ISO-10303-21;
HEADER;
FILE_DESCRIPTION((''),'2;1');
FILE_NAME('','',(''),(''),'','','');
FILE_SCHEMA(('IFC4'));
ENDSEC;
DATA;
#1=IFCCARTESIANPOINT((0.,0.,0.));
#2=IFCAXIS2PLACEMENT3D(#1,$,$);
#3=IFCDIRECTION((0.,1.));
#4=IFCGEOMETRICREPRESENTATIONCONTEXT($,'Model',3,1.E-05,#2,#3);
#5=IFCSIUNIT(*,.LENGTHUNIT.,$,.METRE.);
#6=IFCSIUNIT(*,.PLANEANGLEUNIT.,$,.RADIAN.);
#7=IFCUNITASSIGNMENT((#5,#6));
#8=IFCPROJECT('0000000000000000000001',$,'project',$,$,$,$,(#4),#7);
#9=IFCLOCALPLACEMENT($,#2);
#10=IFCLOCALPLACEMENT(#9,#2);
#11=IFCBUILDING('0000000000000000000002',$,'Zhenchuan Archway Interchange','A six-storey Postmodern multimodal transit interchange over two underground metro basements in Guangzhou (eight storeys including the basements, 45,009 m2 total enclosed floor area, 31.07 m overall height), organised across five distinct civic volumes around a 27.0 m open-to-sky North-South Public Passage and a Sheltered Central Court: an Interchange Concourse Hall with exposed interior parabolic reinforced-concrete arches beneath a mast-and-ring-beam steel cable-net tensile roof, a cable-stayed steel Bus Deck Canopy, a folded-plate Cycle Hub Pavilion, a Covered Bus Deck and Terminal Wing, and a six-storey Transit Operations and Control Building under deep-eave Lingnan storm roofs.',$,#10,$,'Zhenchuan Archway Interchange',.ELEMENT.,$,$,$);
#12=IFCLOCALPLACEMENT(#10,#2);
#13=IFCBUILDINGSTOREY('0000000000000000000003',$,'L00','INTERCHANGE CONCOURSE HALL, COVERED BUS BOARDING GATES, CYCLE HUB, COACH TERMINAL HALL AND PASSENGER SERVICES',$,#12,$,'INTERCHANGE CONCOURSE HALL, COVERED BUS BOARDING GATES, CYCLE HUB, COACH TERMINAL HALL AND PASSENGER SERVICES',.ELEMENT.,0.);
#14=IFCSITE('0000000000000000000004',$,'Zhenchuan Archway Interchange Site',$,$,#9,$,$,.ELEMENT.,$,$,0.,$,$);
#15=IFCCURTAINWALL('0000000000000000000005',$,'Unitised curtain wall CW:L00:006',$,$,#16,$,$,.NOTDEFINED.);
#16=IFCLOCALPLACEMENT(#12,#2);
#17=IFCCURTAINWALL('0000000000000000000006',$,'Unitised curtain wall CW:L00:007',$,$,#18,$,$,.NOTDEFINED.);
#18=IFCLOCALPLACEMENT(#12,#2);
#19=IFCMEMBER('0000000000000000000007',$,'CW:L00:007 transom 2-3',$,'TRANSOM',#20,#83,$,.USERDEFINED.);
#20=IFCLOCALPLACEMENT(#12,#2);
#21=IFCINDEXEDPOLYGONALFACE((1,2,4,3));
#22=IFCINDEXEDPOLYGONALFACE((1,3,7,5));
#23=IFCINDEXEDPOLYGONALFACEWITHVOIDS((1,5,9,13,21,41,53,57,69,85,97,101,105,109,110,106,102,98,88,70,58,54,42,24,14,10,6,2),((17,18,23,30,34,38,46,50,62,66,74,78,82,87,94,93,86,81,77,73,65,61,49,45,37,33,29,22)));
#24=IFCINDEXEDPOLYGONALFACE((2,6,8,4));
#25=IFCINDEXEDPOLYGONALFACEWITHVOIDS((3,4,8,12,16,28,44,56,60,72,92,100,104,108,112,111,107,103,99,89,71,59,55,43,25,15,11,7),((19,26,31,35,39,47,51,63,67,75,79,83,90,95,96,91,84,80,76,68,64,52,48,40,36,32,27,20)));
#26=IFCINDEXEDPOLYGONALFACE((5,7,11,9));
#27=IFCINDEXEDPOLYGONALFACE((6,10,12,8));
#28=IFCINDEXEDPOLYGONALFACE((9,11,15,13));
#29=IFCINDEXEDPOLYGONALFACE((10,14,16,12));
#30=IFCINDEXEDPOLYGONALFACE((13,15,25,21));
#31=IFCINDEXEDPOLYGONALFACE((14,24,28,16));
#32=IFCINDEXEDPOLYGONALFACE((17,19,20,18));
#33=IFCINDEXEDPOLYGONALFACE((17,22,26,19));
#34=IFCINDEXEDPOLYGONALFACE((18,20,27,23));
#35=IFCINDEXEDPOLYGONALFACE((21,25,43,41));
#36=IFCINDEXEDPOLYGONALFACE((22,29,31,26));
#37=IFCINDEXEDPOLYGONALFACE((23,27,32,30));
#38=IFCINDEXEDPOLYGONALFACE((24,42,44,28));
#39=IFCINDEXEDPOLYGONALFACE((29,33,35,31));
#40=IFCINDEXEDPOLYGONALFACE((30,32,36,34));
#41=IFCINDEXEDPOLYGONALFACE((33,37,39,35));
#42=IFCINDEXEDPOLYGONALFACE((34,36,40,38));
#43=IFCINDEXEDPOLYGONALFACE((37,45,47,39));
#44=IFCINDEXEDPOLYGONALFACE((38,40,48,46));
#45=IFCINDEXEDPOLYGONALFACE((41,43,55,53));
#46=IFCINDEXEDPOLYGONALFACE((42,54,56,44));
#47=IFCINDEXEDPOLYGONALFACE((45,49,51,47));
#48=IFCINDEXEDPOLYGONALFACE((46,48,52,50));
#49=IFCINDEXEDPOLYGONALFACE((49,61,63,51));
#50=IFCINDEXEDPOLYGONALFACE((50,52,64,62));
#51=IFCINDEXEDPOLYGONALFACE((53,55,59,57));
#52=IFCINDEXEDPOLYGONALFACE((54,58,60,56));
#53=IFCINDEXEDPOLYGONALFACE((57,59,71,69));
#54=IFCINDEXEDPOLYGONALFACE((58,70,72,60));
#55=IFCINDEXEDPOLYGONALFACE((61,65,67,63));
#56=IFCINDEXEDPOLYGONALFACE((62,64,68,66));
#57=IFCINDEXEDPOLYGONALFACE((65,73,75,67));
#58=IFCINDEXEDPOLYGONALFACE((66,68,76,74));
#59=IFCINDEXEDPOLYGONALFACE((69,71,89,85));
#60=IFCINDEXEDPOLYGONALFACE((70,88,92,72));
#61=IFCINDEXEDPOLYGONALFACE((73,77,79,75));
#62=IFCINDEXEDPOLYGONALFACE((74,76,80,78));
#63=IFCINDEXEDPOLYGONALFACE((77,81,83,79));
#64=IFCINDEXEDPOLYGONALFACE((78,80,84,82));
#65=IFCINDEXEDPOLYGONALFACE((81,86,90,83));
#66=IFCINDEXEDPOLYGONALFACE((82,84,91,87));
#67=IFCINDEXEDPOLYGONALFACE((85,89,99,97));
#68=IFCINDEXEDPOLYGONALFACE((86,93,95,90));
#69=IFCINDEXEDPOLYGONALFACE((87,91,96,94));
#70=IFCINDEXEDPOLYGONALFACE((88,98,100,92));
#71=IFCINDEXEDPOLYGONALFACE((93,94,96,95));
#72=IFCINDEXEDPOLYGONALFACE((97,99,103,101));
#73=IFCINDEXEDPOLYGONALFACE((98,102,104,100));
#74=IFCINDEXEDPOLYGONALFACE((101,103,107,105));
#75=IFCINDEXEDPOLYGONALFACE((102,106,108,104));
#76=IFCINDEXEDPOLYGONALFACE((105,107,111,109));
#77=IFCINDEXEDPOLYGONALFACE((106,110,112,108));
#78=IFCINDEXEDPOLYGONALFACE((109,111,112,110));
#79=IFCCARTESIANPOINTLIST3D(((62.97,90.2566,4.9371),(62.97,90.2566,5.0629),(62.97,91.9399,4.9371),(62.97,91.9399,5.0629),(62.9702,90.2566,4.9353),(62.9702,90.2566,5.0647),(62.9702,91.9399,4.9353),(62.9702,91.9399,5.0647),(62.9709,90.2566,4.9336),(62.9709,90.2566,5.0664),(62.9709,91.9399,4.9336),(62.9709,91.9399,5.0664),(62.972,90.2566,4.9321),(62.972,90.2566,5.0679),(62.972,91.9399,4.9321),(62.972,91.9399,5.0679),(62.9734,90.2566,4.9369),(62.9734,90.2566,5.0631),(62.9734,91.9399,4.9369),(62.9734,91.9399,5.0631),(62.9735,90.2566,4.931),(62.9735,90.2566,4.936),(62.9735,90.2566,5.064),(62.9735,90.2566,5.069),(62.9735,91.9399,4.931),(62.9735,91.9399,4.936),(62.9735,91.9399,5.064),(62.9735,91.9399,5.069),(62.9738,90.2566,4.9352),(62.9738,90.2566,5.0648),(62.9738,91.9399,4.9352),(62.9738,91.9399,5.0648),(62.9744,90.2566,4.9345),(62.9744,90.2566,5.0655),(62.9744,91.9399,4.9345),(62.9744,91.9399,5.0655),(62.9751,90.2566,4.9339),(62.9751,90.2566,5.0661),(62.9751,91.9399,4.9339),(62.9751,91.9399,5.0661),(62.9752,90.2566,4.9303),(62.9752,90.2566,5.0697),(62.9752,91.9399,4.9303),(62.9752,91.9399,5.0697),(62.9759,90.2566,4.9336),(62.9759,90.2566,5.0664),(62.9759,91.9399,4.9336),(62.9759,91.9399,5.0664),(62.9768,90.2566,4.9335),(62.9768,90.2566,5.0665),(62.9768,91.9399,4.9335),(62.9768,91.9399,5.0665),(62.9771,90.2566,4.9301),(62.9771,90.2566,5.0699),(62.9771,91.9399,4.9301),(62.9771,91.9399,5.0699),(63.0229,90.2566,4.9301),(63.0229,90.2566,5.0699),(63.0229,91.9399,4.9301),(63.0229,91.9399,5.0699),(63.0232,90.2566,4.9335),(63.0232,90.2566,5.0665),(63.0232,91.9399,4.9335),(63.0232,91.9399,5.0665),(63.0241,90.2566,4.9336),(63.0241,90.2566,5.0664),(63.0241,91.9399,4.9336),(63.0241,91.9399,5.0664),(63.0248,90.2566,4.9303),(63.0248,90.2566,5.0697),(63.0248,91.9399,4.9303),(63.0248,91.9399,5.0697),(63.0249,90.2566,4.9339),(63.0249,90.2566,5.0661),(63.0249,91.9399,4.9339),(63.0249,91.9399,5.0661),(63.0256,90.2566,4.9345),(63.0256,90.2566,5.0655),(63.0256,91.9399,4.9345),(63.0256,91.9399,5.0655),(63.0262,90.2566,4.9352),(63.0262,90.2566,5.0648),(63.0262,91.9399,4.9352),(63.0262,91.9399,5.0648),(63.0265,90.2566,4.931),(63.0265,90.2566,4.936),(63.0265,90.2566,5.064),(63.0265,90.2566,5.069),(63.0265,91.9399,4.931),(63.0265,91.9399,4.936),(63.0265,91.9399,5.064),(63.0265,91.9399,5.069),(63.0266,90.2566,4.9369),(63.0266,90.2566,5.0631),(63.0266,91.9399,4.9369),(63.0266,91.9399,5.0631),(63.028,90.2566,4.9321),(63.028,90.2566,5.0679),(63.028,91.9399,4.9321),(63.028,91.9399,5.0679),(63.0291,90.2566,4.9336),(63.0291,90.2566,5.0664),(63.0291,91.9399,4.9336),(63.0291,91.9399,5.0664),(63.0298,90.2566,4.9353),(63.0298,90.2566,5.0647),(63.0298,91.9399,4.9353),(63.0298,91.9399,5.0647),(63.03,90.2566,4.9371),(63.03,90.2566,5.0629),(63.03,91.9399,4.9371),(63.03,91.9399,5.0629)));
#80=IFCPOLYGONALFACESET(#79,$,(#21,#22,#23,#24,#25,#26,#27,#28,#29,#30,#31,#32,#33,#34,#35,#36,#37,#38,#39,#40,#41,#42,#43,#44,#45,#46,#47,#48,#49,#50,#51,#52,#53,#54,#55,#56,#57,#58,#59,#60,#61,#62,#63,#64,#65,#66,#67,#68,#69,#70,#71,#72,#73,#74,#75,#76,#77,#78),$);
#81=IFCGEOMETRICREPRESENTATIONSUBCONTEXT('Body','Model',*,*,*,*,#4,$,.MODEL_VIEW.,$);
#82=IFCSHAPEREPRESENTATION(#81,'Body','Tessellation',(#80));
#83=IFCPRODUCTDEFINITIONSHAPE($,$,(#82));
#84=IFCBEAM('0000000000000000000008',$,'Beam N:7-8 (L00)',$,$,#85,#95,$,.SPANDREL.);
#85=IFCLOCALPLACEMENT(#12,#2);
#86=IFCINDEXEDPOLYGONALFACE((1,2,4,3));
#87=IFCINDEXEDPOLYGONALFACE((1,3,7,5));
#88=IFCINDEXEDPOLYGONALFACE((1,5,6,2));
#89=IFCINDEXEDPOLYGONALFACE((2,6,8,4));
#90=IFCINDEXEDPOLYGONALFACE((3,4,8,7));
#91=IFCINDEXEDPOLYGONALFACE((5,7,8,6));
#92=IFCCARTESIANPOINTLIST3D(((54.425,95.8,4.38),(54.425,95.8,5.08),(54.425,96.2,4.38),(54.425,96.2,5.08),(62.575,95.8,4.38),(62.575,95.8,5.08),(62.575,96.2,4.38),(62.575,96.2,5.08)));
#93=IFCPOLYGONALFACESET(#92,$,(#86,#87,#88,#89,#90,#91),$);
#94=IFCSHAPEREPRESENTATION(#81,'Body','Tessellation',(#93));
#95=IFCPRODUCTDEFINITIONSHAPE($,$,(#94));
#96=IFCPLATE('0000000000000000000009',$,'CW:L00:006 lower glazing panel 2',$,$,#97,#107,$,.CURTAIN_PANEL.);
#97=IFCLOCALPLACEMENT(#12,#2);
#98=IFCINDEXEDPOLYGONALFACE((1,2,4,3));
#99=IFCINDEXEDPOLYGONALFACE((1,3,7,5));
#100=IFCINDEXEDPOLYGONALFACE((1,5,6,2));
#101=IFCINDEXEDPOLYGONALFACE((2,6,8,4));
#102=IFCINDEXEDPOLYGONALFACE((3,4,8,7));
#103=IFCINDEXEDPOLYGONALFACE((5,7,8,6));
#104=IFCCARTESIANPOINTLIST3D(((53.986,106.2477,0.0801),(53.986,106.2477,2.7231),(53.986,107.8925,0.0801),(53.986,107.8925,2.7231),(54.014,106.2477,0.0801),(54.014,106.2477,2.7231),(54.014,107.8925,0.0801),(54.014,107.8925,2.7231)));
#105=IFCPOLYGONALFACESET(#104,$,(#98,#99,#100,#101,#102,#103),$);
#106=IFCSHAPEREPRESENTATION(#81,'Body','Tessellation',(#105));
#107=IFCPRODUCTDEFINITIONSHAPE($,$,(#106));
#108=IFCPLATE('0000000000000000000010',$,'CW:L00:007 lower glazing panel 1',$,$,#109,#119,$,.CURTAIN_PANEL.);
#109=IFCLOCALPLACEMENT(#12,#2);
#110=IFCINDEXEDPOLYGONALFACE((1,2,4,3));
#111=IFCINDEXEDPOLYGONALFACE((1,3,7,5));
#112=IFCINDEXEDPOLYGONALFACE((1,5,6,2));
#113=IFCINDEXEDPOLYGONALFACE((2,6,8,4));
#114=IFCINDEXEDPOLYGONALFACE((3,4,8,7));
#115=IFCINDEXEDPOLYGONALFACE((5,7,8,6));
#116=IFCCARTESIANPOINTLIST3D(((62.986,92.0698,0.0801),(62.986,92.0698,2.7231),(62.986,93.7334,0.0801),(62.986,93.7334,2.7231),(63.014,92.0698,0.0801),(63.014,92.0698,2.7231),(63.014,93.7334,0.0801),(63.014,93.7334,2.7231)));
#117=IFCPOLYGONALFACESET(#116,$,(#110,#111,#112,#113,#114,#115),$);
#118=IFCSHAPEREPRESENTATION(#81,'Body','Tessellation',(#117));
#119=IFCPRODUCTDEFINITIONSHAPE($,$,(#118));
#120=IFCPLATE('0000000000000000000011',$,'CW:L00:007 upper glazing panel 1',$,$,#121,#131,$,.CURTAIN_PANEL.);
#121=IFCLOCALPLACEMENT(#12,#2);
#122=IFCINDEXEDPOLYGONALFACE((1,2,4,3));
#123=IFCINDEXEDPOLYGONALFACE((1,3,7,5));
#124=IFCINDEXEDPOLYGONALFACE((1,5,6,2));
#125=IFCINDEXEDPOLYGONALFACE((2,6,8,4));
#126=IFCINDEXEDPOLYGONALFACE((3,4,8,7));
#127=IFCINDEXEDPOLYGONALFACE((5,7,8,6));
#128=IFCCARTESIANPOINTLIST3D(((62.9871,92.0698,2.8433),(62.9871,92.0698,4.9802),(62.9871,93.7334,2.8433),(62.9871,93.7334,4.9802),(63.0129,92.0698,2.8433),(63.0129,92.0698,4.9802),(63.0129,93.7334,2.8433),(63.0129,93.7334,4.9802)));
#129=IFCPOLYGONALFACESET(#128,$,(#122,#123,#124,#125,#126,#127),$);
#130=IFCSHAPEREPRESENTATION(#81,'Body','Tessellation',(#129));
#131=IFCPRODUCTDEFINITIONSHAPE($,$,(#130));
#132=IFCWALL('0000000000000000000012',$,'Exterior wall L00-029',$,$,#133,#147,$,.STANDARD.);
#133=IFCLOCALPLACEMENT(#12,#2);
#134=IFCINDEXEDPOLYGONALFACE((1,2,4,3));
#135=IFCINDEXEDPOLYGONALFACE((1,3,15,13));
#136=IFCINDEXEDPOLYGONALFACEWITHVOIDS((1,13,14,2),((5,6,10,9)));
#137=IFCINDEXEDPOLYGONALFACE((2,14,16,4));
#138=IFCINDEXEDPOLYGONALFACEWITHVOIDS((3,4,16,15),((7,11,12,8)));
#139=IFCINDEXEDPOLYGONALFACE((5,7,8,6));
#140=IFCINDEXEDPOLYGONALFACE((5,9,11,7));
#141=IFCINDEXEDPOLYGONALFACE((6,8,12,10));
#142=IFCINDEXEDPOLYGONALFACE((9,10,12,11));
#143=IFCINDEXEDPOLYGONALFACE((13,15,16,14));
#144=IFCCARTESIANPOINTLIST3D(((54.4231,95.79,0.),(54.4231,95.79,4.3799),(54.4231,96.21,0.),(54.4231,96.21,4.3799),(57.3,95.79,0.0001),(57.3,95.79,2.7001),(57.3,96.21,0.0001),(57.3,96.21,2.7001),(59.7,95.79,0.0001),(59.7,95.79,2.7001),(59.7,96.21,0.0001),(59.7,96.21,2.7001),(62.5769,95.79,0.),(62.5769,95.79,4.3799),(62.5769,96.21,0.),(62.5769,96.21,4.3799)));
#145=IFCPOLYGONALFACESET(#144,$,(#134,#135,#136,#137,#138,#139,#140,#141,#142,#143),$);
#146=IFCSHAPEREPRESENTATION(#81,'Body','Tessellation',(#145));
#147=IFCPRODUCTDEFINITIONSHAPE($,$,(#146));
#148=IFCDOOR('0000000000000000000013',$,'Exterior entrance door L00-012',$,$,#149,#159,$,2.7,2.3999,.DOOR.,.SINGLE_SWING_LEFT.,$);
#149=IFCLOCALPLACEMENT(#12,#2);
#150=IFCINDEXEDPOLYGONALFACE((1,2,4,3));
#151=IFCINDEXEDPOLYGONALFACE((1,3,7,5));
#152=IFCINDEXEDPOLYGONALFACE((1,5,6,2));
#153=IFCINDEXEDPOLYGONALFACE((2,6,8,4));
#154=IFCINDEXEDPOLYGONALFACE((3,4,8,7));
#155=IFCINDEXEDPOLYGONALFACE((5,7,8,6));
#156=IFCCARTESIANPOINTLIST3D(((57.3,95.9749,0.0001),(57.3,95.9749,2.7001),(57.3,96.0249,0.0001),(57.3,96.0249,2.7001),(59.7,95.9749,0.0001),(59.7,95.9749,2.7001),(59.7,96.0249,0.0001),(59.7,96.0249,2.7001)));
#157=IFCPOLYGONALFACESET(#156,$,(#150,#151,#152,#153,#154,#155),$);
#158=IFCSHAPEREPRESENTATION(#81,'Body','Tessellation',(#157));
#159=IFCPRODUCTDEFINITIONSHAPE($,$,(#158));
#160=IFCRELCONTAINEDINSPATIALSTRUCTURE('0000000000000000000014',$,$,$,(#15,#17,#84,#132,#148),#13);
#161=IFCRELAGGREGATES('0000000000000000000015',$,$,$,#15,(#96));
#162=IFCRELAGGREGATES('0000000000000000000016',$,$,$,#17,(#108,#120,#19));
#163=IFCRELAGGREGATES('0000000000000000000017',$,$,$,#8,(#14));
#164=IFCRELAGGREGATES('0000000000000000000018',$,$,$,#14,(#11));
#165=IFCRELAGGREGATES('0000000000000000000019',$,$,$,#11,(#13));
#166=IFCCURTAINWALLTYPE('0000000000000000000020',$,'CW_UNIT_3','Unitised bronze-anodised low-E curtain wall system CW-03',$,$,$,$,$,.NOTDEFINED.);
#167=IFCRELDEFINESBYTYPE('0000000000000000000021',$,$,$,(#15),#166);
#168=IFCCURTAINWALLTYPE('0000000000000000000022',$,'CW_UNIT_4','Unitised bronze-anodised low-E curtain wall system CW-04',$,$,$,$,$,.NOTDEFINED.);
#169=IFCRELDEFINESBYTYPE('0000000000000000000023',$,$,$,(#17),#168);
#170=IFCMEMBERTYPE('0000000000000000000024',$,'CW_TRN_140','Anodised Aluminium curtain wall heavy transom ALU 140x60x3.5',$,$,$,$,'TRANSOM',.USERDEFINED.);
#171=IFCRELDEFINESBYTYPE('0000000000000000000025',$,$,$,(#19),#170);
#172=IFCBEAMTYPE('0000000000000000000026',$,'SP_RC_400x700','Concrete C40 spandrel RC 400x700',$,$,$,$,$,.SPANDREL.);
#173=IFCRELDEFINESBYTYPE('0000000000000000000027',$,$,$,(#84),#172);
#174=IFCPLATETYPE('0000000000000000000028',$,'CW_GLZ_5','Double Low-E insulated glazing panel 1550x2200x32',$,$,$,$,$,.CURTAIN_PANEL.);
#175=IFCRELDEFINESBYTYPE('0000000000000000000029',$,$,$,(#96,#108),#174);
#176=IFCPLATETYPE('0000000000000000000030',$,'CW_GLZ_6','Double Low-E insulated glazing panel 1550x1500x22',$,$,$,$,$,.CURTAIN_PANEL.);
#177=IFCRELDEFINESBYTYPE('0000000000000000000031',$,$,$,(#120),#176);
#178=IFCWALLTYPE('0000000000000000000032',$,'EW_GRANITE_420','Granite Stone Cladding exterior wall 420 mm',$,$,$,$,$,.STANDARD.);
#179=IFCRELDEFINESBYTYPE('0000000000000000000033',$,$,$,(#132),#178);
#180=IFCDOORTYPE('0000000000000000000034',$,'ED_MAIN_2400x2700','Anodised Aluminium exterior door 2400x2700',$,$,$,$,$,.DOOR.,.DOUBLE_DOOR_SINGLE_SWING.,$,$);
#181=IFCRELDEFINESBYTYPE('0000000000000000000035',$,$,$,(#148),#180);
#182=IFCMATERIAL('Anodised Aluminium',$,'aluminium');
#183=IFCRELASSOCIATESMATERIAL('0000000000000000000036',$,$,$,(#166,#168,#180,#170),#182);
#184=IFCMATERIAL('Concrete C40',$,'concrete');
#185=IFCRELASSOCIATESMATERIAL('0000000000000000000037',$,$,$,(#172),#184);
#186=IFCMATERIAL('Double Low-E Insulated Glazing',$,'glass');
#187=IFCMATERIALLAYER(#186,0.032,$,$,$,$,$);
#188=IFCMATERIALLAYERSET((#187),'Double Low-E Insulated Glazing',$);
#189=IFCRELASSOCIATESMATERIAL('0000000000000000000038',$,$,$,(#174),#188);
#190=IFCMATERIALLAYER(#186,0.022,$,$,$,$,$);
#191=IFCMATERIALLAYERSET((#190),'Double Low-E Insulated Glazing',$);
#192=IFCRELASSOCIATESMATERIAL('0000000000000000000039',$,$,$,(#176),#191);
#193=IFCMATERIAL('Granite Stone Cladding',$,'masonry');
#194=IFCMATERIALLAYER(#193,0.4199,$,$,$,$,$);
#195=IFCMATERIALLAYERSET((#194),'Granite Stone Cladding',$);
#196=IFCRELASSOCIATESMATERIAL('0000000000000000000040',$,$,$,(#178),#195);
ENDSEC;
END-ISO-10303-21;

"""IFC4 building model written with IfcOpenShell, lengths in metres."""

from ifc_helpers import new_model, si_unit, direction, frame, frame_2d, origin, origin_2d, place, context, subcontext, project, spatial, rectangle, hollow_rectangle, extrude, material, layer, layer_set, material_profile, profile_set, type_object, element, fill, aggregate, save


model = new_model("IFC4")

# Units and contexts
model_context = context("Model", 3, precision=1e-05, world=origin(), true_north=direction((0.0, 1.0)))
body_context = subcontext(model_context, "Body", "Model", "MODEL_VIEW")
ifc_project = project(units=[si_unit("LENGTHUNIT", "METRE"), si_unit("PLANEANGLEUNIT", "RADIAN")], contexts=[model_context])

# Site, building, storey
site_placement = place(None, origin())
site = spatial("IfcSite", under=ifc_project, at=site_placement, Name="Zhenchuan Archway Interchange Site", CompositionType="ELEMENT", RefElevation=0.0)
building_placement = place(site_placement, origin())
building = spatial("IfcBuilding", under=site, at=building_placement, Name="Zhenchuan Archway Interchange", Description="A six-storey Postmodern multimodal transit interchange over two underground metro basements in Guangzhou (eight storeys including the basements, 45,009 m2 total enclosed floor area, 31.07 m overall height), organised across five distinct civic volumes around a 27.0 m open-to-sky North-South Public Passage and a Sheltered Central Court: an Interchange Concourse Hall with exposed interior parabolic reinforced-concrete arches beneath a mast-and-ring-beam steel cable-net tensile roof, a cable-stayed steel Bus Deck Canopy, a folded-plate Cycle Hub Pavilion, a Covered Bus Deck and Terminal Wing, and a six-storey Transit Operations and Control Building under deep-eave Lingnan storm roofs.", LongName="Zhenchuan Archway Interchange", CompositionType="ELEMENT")
storey_placement = place(building_placement, origin())
storey = spatial("IfcBuildingStorey", under=building, at=storey_placement, Name="L00", Description="INTERCHANGE CONCOURSE HALL, COVERED BUS BOARDING GATES, CYCLE HUB, COACH TERMINAL HALL AND PASSENGER SERVICES", LongName="INTERCHANGE CONCOURSE HALL, COVERED BUS BOARDING GATES, CYCLE HUB, COACH TERMINAL HALL AND PASSENGER SERVICES", CompositionType="ELEMENT", Elevation=0.0)

# Shared definitions
ifc_material_1 = material(Name="Concrete C40", Category="concrete")

# Curtain wall
ifc_material_2 = material(Name="Anodised Aluminium", Category="aluminium")
curtain_wall_type_1 = type_object("IfcCurtainWallType", Name="CW_UNIT_3", Description="Unitised bronze-anodised low-E curtain wall system CW-03", PredefinedType="NOTDEFINED", material=ifc_material_2)
curtain_wall_1_placement = place(storey_placement, origin())
curtain_wall_1 = element("IfcCurtainWall", 1, at=curtain_wall_1_placement, inside=storey, type_object=curtain_wall_type_1, Name="Unitised curtain wall CW:L00:006", PredefinedType="NOTDEFINED")

# Curtain wall
curtain_wall_type_2 = type_object("IfcCurtainWallType", Name="CW_UNIT_4", Description="Unitised bronze-anodised low-E curtain wall system CW-04", PredefinedType="NOTDEFINED", material=ifc_material_2)
curtain_wall_2_placement = place(storey_placement, origin())
curtain_wall_2 = element("IfcCurtainWall", 2, at=curtain_wall_2_placement, inside=storey, type_object=curtain_wall_type_2, Name="Unitised curtain wall CW:L00:007", PredefinedType="NOTDEFINED")

# Member
ifc_material_profile_1 = material_profile(ifc_material_2, hollow_rectangle(XDim=0.0601, YDim=0.1399, WallThickness=0.0034, InnerFilletRadius=0.0034, OuterFilletRadius=0.0071, at=origin_2d()), Name="ALU 140x60x3.5")
ifc_profile_set_1 = profile_set([ifc_material_profile_1], Name="Anodised Aluminium")
member_type_1 = type_object("IfcMemberType", Name="CW_TRN_140", Description="Anodised Aluminium curtain wall heavy transom ALU 140x60x3.5", ElementType="TRANSOM", PredefinedType="USERDEFINED", material=ifc_profile_set_1)
member_1_placement = place(storey_placement, frame((63.0, 91.9399, 5.0), z_axis=(0.0, -1.0, 0.0), x_axis=(1.0, 0.0, 0.0)))
member_1 = element("IfcMember", 3, at=member_1_placement, type_object=member_type_1, Name="CW:L00:007 transom 2-3", ObjectType="TRANSOM", PredefinedType="USERDEFINED", context=body_context, shape_type="SweptSolid", body=[
    extrude(hollow_rectangle(XDim=0.0601, YDim=0.1399, WallThickness=0.0034, InnerFilletRadius=0.0034, OuterFilletRadius=0.0071, at=origin_2d()), origin(), (0.0, 0.0, 1.0), 1.6833),
])

# Beam
ifc_material_profile_2 = material_profile(ifc_material_1, rectangle(XDim=0.3999, YDim=0.7, at=origin_2d()), Name="RC 400x700")
ifc_profile_set_2 = profile_set([ifc_material_profile_2], Name="Concrete C40")
beam_type = type_object("IfcBeamType", Name="SP_RC_400x700", Description="Concrete C40 spandrel RC 400x700", PredefinedType="SPANDREL", material=ifc_profile_set_2)
beam_placement = place(storey_placement, frame((54.425, 96.0, 4.73), z_axis=(1.0, 0.0, 0.0), x_axis=(0.0, 1.0, 0.0)))
element("IfcBeam", 4, at=beam_placement, inside=storey, type_object=beam_type, Name="Beam N:7-8 (L00)", PredefinedType="SPANDREL", context=body_context, shape_type="SweptSolid", body=[
    extrude(rectangle(XDim=0.3999, YDim=0.7, at=origin_2d()), origin(), (0.0, 0.0, 1.0), 8.1499),
])

# Plates
ifc_material_3 = material(Name="Double Low-E Insulated Glazing", Category="glass")
ifc_layer_1 = layer(ifc_material_3, 0.032)
ifc_layer_set_1 = layer_set([ifc_layer_1], Name="Double Low-E Insulated Glazing")
plate_type_1 = type_object("IfcPlateType", Name="CW_GLZ_5", Description="Double Low-E insulated glazing panel 1550x2200x32", PredefinedType="CURTAIN_PANEL", material=ifc_layer_set_1)
plate_1_placement = place(storey_placement, frame((54.0, 107.0701, 0.0801), z_axis=(0.0, 0.0, 1.0), x_axis=(0.0, -1.0, 0.0)))
plate_1 = element("IfcPlate", 5, at=plate_1_placement, type_object=plate_type_1, Name="CW:L00:006 lower glazing panel 2", PredefinedType="CURTAIN_PANEL", context=body_context, shape_type="SweptSolid", body=[
    extrude(rectangle(XDim=1.6448, YDim=0.0281, at=origin_2d()), origin(), (0.0, 0.0, 1.0), 2.6431),
])
aggregate(curtain_wall_1, [plate_1])
plate_2_placement = place(storey_placement, frame((63.0, 92.9016, 0.0801), z_axis=(0.0, 0.0, 1.0), x_axis=(0.0, -1.0, 0.0)))
plate_2 = element("IfcPlate", 6, at=plate_2_placement, type_object=plate_type_1, Name="CW:L00:007 lower glazing panel 1", PredefinedType="CURTAIN_PANEL", context=body_context, shape_type="SweptSolid", body=[
    extrude(rectangle(XDim=1.6636, YDim=0.0281, at=origin_2d()), origin(), (0.0, 0.0, 1.0), 2.6431),
])
ifc_layer_2 = layer(ifc_material_3, 0.022)
ifc_layer_set_2 = layer_set([ifc_layer_2], Name="Double Low-E Insulated Glazing")
plate_type_2 = type_object("IfcPlateType", Name="CW_GLZ_6", Description="Double Low-E insulated glazing panel 1550x1500x22", PredefinedType="CURTAIN_PANEL", material=ifc_layer_set_2)
plate_3_placement = place(storey_placement, frame((63.0, 92.9016, 2.8433), z_axis=(0.0, 0.0, 1.0), x_axis=(0.0, -1.0, 0.0)))
plate_3 = element("IfcPlate", 7, at=plate_3_placement, type_object=plate_type_2, Name="CW:L00:007 upper glazing panel 1", PredefinedType="CURTAIN_PANEL", context=body_context, shape_type="SweptSolid", body=[
    extrude(rectangle(XDim=1.6636, YDim=0.0259, at=origin_2d()), origin(), (0.0, 0.0, 1.0), 2.137),
])
aggregate(curtain_wall_2, [plate_2, plate_3, member_1])

# Wall, opening, door
ifc_material_4 = material(Name="Granite Stone Cladding", Category="masonry")
ifc_layer_3 = layer(ifc_material_4, 0.4199)
ifc_layer_set_3 = layer_set([ifc_layer_3], Name="Granite Stone Cladding")
wall_type = type_object("IfcWallType", Name="EW_GRANITE_420", Description="Granite Stone Cladding exterior wall 420 mm", PredefinedType="STANDARD", material=ifc_layer_set_3)
wall_placement = place(storey_placement, frame((54.4231, 96.0, 0.0), z_axis=(0.0, 0.0, 1.0), x_axis=(1.0, 0.0, 0.0)))
wall = element("IfcWall", 8, at=wall_placement, inside=storey, type_object=wall_type, Name="Exterior wall L00-029", PredefinedType="STANDARD", context=body_context, shape_type="SweptSolid", body=[
    extrude(rectangle(XDim=8.1538, YDim=0.4199, at=frame_2d((4.0769, 0.0))), origin(), (0.0, 0.0, 1.0), 4.3799),
])
opening_placement = place(wall_placement, frame((2.877, 0.0, 0.0)))
opening = element("IfcOpeningElement", 9, at=opening_placement, cuts=wall, PredefinedType="OPENING", context=body_context, shape_type="SweptSolid", body=[
    extrude(rectangle(XDim=2.3999, YDim=2.7, at=frame_2d((1.2, 1.3501))), frame((0.0, 0.2219, 0.0), z_axis=(0.0, -1.0, 0.0), x_axis=(1.0, 0.0, 0.0)), (0.0, 0.0, 1.0), 0.4438),
])
door_type = type_object("IfcDoorType", Name="ED_MAIN_2400x2700", Description="Anodised Aluminium exterior door 2400x2700", OperationType="DOUBLE_DOOR_SINGLE_SWING", PredefinedType="DOOR", material=ifc_material_2)
door_placement = place(opening_placement, origin())
door = element("IfcDoor", 10, at=door_placement, inside=storey, type_object=door_type, Name="Exterior entrance door L00-012", OperationType="SINGLE_SWING_LEFT", OverallHeight=2.7, OverallWidth=2.3999, PredefinedType="DOOR", context=body_context, shape_type="SweptSolid", body=[
    extrude(rectangle(XDim=2.3999, YDim=2.7, at=frame_2d((1.2, 1.3501))), frame((0.0, 0.0249, 0.0), z_axis=(0.0, -1.0, 0.0), x_axis=(1.0, 0.0, 0.0)), (0.0, 0.0, 1.0), 0.05),
])
fill(opening, door)

save(model, "model.ifc")
